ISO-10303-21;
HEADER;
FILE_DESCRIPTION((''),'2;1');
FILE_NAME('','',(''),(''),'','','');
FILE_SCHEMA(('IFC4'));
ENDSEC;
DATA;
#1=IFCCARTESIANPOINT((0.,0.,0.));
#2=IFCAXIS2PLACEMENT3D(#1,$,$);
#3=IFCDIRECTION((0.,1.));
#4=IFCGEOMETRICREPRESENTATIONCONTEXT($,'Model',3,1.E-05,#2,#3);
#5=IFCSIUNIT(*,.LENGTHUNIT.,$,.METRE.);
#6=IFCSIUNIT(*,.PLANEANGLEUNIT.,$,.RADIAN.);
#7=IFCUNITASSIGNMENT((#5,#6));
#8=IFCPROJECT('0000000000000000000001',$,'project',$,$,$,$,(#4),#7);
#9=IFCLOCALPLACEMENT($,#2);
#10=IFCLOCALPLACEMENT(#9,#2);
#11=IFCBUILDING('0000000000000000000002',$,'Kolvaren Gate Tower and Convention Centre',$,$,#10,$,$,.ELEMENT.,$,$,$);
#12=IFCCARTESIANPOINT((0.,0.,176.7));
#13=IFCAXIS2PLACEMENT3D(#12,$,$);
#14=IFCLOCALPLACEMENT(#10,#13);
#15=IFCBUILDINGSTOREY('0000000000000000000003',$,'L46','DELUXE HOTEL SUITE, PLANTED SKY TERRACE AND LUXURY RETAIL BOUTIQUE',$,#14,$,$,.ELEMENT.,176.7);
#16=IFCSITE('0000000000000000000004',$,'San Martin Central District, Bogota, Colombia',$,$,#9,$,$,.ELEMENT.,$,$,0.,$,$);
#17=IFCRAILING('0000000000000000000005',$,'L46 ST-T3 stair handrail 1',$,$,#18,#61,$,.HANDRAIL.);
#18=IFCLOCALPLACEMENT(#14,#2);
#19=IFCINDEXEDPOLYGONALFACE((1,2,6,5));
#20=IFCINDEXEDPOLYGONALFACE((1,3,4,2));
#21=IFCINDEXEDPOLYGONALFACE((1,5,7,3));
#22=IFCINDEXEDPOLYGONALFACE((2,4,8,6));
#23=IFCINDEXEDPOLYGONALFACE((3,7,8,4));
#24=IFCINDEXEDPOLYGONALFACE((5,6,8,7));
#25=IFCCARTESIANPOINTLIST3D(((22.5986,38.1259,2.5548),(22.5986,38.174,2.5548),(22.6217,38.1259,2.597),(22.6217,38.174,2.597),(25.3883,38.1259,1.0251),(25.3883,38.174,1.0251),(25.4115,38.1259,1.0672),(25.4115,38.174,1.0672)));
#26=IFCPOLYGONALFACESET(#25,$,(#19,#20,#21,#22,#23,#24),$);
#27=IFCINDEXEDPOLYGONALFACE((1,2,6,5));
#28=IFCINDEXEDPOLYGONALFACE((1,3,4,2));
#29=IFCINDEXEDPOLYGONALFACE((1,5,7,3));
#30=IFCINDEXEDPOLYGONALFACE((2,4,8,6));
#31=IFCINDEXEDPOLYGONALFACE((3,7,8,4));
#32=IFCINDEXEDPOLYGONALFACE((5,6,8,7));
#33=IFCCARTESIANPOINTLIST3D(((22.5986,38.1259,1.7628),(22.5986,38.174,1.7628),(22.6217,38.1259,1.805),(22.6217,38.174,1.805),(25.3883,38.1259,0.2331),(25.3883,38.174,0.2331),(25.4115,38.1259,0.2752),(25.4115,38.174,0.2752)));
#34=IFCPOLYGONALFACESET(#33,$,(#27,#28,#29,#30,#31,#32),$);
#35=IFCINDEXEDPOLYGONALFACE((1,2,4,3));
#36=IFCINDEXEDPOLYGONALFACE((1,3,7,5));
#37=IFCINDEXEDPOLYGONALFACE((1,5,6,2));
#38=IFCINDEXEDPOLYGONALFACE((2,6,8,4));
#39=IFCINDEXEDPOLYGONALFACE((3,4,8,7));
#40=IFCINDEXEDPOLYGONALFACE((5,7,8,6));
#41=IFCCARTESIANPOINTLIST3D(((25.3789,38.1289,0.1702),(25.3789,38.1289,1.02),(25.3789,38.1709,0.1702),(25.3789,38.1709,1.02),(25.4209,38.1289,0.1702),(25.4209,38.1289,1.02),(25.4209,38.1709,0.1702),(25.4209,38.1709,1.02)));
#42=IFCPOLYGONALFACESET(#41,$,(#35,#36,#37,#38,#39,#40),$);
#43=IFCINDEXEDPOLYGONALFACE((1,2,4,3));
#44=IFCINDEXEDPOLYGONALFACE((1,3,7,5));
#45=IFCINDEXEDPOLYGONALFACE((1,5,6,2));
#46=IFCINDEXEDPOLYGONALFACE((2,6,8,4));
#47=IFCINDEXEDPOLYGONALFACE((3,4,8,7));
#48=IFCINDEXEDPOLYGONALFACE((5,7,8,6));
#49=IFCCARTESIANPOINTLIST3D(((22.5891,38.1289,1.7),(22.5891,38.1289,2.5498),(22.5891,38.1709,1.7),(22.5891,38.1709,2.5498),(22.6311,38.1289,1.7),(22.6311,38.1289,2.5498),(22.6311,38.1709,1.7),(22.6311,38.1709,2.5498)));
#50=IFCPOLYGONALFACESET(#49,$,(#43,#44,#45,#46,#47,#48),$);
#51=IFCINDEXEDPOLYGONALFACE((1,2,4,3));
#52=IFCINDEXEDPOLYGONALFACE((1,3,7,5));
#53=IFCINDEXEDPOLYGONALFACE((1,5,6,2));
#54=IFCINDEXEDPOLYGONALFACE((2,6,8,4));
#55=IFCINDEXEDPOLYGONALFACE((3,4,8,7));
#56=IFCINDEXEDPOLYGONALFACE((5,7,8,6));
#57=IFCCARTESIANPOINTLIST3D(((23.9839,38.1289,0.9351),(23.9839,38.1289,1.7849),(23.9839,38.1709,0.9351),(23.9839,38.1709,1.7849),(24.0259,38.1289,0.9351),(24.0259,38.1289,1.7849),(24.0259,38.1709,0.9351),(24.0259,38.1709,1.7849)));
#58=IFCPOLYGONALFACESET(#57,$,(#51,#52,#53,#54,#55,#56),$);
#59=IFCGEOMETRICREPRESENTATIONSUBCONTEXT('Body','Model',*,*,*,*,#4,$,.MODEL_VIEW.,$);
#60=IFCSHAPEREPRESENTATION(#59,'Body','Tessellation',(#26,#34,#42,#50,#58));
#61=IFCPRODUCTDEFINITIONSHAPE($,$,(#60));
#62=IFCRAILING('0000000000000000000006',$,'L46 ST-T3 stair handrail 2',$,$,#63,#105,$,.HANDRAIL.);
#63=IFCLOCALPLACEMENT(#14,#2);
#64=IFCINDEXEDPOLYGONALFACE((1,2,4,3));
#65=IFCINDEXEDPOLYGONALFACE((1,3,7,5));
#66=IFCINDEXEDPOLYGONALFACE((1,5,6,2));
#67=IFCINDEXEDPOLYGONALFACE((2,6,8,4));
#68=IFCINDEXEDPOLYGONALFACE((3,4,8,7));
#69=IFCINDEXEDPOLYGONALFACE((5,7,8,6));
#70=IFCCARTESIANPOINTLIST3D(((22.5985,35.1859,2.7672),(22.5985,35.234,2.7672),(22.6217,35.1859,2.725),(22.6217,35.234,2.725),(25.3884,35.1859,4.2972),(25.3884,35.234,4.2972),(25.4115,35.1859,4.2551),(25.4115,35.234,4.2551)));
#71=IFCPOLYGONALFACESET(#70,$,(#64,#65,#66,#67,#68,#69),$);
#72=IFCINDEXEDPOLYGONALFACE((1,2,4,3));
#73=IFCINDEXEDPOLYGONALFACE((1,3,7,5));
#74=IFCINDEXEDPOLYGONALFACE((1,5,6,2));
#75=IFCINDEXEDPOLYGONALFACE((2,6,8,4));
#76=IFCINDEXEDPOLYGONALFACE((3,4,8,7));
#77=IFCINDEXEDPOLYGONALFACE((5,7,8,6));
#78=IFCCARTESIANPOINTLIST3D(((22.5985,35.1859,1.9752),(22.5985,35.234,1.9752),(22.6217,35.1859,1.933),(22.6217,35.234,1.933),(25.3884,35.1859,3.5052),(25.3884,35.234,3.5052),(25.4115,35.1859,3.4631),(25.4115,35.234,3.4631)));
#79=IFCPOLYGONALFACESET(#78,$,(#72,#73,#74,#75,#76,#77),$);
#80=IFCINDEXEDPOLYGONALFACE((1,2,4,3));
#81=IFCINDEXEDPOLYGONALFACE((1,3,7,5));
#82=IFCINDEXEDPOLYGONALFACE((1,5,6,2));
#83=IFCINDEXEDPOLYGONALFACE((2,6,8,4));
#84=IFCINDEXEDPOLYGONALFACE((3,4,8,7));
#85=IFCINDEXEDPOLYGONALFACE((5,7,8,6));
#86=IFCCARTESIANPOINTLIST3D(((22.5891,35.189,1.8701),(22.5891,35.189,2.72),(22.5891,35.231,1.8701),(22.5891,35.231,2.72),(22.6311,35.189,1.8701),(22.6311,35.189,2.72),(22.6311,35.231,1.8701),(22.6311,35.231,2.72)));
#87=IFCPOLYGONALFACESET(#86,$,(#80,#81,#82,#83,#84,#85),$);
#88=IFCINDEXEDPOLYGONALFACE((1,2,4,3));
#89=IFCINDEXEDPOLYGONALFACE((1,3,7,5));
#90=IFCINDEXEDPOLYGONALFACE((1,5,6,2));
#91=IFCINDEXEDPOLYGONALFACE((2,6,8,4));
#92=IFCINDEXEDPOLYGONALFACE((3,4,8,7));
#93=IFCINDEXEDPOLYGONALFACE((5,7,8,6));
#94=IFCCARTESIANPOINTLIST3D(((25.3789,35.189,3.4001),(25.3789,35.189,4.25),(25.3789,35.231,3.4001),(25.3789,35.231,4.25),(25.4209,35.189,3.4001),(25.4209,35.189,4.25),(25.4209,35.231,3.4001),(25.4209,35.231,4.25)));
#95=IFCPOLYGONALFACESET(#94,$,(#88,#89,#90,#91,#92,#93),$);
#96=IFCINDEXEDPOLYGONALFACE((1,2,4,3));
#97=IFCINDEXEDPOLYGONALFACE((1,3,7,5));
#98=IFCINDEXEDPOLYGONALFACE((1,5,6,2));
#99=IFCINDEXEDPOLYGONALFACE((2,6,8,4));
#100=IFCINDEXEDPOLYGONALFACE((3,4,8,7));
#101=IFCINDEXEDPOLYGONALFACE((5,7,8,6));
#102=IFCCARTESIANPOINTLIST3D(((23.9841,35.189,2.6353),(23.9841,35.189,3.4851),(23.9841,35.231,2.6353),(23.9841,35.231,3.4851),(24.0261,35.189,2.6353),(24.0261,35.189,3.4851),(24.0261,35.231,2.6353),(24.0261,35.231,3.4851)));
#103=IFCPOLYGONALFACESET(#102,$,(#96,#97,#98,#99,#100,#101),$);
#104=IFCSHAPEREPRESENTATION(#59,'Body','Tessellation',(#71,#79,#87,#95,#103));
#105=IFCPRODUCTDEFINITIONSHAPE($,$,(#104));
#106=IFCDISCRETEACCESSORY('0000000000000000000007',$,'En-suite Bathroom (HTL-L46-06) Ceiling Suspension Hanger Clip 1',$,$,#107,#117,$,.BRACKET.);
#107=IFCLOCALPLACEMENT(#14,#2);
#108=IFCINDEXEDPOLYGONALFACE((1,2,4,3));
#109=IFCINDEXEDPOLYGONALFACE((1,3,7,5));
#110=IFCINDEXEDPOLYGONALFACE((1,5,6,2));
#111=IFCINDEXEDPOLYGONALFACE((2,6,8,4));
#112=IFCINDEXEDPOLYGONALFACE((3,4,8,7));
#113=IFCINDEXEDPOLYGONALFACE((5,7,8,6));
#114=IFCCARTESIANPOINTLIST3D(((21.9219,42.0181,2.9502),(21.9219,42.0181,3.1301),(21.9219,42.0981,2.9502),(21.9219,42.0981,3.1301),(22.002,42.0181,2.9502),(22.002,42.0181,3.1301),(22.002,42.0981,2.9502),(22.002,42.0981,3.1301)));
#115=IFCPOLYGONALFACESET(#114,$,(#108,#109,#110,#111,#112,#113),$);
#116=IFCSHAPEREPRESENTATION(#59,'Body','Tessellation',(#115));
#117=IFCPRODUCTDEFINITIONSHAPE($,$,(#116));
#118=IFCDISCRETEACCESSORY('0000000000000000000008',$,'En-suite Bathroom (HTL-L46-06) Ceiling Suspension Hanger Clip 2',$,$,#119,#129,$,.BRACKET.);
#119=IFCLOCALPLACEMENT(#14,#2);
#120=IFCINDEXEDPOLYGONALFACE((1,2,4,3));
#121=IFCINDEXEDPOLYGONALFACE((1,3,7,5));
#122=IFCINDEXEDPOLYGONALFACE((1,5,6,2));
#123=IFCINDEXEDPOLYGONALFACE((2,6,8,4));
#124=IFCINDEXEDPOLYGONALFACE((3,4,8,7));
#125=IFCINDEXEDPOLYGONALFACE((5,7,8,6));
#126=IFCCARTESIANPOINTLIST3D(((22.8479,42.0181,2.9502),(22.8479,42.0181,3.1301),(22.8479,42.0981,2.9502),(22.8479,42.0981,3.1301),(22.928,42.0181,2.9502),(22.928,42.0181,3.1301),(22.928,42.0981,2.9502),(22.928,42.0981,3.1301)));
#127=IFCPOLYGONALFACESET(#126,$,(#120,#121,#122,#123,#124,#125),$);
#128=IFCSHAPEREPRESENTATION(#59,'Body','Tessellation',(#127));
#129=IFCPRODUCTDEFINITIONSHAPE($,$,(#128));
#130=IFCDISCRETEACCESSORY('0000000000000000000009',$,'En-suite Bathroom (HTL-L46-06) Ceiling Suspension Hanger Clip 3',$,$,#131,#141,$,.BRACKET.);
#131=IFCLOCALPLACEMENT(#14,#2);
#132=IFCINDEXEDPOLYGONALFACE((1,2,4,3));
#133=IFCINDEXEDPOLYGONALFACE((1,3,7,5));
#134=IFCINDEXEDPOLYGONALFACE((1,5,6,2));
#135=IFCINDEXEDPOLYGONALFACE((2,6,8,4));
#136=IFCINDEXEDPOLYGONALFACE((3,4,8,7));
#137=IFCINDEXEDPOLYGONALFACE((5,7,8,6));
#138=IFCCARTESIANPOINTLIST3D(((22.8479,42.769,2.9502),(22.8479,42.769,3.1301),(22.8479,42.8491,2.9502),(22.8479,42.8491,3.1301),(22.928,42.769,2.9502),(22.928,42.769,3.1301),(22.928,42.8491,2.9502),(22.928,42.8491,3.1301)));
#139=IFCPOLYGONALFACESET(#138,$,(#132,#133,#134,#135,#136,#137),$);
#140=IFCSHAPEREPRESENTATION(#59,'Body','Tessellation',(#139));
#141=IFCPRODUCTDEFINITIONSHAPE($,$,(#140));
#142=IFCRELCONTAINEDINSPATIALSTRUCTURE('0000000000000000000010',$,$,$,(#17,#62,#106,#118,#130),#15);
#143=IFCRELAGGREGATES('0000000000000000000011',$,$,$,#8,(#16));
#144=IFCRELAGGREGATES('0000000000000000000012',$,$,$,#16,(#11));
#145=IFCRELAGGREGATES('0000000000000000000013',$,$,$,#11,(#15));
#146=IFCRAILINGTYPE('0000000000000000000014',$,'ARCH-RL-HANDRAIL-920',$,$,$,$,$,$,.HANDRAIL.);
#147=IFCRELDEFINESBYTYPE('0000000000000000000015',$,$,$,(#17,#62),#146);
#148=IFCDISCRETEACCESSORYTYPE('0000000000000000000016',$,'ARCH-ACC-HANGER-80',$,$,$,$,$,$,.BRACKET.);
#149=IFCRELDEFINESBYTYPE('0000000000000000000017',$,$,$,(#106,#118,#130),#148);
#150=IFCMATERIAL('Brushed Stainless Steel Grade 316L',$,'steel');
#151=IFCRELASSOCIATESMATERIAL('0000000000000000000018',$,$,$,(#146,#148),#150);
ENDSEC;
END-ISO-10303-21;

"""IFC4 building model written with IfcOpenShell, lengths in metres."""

from ifc_helpers import new_model, si_unit, direction, frame, origin, origin_2d, place, context, subcontext, project, spatial, rectangle, extrude, material, type_object, element, save


model = new_model("IFC4")

# Units and contexts
model_context = context("Model", 3, precision=1e-05, world=origin(), true_north=direction((0.0, 1.0)))
body_context = subcontext(model_context, "Body", "Model", "MODEL_VIEW")
ifc_project = project(units=[si_unit("LENGTHUNIT", "METRE"), si_unit("PLANEANGLEUNIT", "RADIAN")], contexts=[model_context])

# Site, building, storey
site_placement = place(None, origin())
site = spatial("IfcSite", under=ifc_project, at=site_placement, Name="San Martin Central District, Bogota, Colombia", CompositionType="ELEMENT", RefElevation=0.0)
building_placement = place(site_placement, origin())
building = spatial("IfcBuilding", under=site, at=building_placement, Name="Kolvaren Gate Tower and Convention Centre", CompositionType="ELEMENT")
storey_placement = place(building_placement, frame((0.0, 0.0, 176.7)))
storey = spatial("IfcBuildingStorey", under=building, at=storey_placement, Name="L46", Description="DELUXE HOTEL SUITE, PLANTED SKY TERRACE AND LUXURY RETAIL BOUTIQUE", CompositionType="ELEMENT", Elevation=176.7)

# Railings
ifc_material_1 = material(Name="Brushed Stainless Steel Grade 316L", Category="steel")
railing_type_1 = type_object("IfcRailingType", Name="ARCH-RL-HANDRAIL-920", PredefinedType="HANDRAIL", material=ifc_material_1)
railing_1_placement = place(storey_placement, frame((25.3999, 38.1499, 0.1702)))
element("IfcRailing", 1, at=railing_1_placement, inside=storey, type_object=railing_type_1, Name="L46 ST-T3 stair handrail 1", PredefinedType="HANDRAIL", context=body_context, shape_type="SweptSolid", body=[
    extrude(rectangle(XDim=0.0481, YDim=0.0481, at=origin_2d()), frame((0.0, 0.0, 0.876), z_axis=(-0.876826, 0.0, 0.480808), x_axis=(0.0, -1.0, 0.0)), (0.0, 0.0, 1.0), 3.1816),
    extrude(rectangle(XDim=0.0481, YDim=0.0481, at=origin_2d()), frame((0.0, 0.0, 0.084), z_axis=(-0.876826, 0.0, 0.480808), x_axis=(0.0, -1.0, 0.0)), (0.0, 0.0, 1.0), 3.1816),
    extrude(rectangle(XDim=0.042, YDim=0.042, at=origin_2d()), origin(), (0.0, 0.0, 1.0), 0.8499),
    extrude(rectangle(XDim=0.042, YDim=0.042, at=origin_2d()), frame((-2.7898, 0.0, 1.5298)), (0.0, 0.0, 1.0), 0.8499),
    extrude(rectangle(XDim=0.042, YDim=0.042, at=origin_2d()), frame((-1.395, 0.0, 0.7649)), (0.0, 0.0, 1.0), 0.8499),
])
railing_2_placement = place(storey_placement, frame((22.6101, 35.21, 1.8701)))
element("IfcRailing", 2, at=railing_2_placement, inside=storey, type_object=railing_type_1, Name="L46 ST-T3 stair handrail 2", PredefinedType="HANDRAIL", context=body_context, shape_type="SweptSolid", body=[
    extrude(rectangle(XDim=0.0481, YDim=0.0481, at=origin_2d()), frame((0.0, 0.0, 0.876), z_axis=(0.876794, 0.0, 0.480867), x_axis=(0.0, 1.0, 0.0)), (0.0, 0.0, 1.0), 3.1819),
    extrude(rectangle(XDim=0.0481, YDim=0.0481, at=origin_2d()), frame((0.0, 0.0, 0.084), z_axis=(0.876794, 0.0, 0.480867), x_axis=(0.0, 1.0, 0.0)), (0.0, 0.0, 1.0), 3.1819),
    extrude(rectangle(XDim=0.042, YDim=0.042, at=origin_2d()), origin(), (0.0, 0.0, 1.0), 0.8499),
    extrude(rectangle(XDim=0.042, YDim=0.042, at=origin_2d()), frame((2.7898, 0.0, 1.53)), (0.0, 0.0, 1.0), 0.8499),
    extrude(rectangle(XDim=0.042, YDim=0.042, at=origin_2d()), frame((1.395, 0.0, 0.7651)), (0.0, 0.0, 1.0), 0.8499),
])

# Discrete accessories
discrete_accessory_type = type_object("IfcDiscreteAccessoryType", Name="ARCH-ACC-HANGER-80", PredefinedType="BRACKET", material=ifc_material_1)
for number, where, z_axis, x_axis, name in (
    (3, (21.9619, 42.0581, 2.9502), (0.0, 0.0, 1.0), (1.0, 0.0, 0.0), "En-suite Bathroom (HTL-L46-06) Ceiling Suspension Hanger Clip 1"),
    (4, (22.8879, 42.0581, 2.9502), (0.0, 0.0, 1.0), (1.0, 0.0, 0.0), "En-suite Bathroom (HTL-L46-06) Ceiling Suspension Hanger Clip 2"),
    (5, (22.8879, 42.8091, 2.9502), (0.0, 0.0, 1.0), (1.0, 0.0, 0.0), "En-suite Bathroom (HTL-L46-06) Ceiling Suspension Hanger Clip 3"),
):
    element("IfcDiscreteAccessory", number, at=place(storey_placement, frame(where, z_axis=z_axis, x_axis=x_axis)), inside=storey, type_object=discrete_accessory_type, Name=name, PredefinedType="BRACKET", context=body_context, shape_type="SweptSolid", body=[
        extrude(rectangle(XDim=0.0801, YDim=0.0801, at=origin_2d()), origin(), (0.0, 0.0, 1.0), 0.1799),
    ])

save(model, "model.ifc")
